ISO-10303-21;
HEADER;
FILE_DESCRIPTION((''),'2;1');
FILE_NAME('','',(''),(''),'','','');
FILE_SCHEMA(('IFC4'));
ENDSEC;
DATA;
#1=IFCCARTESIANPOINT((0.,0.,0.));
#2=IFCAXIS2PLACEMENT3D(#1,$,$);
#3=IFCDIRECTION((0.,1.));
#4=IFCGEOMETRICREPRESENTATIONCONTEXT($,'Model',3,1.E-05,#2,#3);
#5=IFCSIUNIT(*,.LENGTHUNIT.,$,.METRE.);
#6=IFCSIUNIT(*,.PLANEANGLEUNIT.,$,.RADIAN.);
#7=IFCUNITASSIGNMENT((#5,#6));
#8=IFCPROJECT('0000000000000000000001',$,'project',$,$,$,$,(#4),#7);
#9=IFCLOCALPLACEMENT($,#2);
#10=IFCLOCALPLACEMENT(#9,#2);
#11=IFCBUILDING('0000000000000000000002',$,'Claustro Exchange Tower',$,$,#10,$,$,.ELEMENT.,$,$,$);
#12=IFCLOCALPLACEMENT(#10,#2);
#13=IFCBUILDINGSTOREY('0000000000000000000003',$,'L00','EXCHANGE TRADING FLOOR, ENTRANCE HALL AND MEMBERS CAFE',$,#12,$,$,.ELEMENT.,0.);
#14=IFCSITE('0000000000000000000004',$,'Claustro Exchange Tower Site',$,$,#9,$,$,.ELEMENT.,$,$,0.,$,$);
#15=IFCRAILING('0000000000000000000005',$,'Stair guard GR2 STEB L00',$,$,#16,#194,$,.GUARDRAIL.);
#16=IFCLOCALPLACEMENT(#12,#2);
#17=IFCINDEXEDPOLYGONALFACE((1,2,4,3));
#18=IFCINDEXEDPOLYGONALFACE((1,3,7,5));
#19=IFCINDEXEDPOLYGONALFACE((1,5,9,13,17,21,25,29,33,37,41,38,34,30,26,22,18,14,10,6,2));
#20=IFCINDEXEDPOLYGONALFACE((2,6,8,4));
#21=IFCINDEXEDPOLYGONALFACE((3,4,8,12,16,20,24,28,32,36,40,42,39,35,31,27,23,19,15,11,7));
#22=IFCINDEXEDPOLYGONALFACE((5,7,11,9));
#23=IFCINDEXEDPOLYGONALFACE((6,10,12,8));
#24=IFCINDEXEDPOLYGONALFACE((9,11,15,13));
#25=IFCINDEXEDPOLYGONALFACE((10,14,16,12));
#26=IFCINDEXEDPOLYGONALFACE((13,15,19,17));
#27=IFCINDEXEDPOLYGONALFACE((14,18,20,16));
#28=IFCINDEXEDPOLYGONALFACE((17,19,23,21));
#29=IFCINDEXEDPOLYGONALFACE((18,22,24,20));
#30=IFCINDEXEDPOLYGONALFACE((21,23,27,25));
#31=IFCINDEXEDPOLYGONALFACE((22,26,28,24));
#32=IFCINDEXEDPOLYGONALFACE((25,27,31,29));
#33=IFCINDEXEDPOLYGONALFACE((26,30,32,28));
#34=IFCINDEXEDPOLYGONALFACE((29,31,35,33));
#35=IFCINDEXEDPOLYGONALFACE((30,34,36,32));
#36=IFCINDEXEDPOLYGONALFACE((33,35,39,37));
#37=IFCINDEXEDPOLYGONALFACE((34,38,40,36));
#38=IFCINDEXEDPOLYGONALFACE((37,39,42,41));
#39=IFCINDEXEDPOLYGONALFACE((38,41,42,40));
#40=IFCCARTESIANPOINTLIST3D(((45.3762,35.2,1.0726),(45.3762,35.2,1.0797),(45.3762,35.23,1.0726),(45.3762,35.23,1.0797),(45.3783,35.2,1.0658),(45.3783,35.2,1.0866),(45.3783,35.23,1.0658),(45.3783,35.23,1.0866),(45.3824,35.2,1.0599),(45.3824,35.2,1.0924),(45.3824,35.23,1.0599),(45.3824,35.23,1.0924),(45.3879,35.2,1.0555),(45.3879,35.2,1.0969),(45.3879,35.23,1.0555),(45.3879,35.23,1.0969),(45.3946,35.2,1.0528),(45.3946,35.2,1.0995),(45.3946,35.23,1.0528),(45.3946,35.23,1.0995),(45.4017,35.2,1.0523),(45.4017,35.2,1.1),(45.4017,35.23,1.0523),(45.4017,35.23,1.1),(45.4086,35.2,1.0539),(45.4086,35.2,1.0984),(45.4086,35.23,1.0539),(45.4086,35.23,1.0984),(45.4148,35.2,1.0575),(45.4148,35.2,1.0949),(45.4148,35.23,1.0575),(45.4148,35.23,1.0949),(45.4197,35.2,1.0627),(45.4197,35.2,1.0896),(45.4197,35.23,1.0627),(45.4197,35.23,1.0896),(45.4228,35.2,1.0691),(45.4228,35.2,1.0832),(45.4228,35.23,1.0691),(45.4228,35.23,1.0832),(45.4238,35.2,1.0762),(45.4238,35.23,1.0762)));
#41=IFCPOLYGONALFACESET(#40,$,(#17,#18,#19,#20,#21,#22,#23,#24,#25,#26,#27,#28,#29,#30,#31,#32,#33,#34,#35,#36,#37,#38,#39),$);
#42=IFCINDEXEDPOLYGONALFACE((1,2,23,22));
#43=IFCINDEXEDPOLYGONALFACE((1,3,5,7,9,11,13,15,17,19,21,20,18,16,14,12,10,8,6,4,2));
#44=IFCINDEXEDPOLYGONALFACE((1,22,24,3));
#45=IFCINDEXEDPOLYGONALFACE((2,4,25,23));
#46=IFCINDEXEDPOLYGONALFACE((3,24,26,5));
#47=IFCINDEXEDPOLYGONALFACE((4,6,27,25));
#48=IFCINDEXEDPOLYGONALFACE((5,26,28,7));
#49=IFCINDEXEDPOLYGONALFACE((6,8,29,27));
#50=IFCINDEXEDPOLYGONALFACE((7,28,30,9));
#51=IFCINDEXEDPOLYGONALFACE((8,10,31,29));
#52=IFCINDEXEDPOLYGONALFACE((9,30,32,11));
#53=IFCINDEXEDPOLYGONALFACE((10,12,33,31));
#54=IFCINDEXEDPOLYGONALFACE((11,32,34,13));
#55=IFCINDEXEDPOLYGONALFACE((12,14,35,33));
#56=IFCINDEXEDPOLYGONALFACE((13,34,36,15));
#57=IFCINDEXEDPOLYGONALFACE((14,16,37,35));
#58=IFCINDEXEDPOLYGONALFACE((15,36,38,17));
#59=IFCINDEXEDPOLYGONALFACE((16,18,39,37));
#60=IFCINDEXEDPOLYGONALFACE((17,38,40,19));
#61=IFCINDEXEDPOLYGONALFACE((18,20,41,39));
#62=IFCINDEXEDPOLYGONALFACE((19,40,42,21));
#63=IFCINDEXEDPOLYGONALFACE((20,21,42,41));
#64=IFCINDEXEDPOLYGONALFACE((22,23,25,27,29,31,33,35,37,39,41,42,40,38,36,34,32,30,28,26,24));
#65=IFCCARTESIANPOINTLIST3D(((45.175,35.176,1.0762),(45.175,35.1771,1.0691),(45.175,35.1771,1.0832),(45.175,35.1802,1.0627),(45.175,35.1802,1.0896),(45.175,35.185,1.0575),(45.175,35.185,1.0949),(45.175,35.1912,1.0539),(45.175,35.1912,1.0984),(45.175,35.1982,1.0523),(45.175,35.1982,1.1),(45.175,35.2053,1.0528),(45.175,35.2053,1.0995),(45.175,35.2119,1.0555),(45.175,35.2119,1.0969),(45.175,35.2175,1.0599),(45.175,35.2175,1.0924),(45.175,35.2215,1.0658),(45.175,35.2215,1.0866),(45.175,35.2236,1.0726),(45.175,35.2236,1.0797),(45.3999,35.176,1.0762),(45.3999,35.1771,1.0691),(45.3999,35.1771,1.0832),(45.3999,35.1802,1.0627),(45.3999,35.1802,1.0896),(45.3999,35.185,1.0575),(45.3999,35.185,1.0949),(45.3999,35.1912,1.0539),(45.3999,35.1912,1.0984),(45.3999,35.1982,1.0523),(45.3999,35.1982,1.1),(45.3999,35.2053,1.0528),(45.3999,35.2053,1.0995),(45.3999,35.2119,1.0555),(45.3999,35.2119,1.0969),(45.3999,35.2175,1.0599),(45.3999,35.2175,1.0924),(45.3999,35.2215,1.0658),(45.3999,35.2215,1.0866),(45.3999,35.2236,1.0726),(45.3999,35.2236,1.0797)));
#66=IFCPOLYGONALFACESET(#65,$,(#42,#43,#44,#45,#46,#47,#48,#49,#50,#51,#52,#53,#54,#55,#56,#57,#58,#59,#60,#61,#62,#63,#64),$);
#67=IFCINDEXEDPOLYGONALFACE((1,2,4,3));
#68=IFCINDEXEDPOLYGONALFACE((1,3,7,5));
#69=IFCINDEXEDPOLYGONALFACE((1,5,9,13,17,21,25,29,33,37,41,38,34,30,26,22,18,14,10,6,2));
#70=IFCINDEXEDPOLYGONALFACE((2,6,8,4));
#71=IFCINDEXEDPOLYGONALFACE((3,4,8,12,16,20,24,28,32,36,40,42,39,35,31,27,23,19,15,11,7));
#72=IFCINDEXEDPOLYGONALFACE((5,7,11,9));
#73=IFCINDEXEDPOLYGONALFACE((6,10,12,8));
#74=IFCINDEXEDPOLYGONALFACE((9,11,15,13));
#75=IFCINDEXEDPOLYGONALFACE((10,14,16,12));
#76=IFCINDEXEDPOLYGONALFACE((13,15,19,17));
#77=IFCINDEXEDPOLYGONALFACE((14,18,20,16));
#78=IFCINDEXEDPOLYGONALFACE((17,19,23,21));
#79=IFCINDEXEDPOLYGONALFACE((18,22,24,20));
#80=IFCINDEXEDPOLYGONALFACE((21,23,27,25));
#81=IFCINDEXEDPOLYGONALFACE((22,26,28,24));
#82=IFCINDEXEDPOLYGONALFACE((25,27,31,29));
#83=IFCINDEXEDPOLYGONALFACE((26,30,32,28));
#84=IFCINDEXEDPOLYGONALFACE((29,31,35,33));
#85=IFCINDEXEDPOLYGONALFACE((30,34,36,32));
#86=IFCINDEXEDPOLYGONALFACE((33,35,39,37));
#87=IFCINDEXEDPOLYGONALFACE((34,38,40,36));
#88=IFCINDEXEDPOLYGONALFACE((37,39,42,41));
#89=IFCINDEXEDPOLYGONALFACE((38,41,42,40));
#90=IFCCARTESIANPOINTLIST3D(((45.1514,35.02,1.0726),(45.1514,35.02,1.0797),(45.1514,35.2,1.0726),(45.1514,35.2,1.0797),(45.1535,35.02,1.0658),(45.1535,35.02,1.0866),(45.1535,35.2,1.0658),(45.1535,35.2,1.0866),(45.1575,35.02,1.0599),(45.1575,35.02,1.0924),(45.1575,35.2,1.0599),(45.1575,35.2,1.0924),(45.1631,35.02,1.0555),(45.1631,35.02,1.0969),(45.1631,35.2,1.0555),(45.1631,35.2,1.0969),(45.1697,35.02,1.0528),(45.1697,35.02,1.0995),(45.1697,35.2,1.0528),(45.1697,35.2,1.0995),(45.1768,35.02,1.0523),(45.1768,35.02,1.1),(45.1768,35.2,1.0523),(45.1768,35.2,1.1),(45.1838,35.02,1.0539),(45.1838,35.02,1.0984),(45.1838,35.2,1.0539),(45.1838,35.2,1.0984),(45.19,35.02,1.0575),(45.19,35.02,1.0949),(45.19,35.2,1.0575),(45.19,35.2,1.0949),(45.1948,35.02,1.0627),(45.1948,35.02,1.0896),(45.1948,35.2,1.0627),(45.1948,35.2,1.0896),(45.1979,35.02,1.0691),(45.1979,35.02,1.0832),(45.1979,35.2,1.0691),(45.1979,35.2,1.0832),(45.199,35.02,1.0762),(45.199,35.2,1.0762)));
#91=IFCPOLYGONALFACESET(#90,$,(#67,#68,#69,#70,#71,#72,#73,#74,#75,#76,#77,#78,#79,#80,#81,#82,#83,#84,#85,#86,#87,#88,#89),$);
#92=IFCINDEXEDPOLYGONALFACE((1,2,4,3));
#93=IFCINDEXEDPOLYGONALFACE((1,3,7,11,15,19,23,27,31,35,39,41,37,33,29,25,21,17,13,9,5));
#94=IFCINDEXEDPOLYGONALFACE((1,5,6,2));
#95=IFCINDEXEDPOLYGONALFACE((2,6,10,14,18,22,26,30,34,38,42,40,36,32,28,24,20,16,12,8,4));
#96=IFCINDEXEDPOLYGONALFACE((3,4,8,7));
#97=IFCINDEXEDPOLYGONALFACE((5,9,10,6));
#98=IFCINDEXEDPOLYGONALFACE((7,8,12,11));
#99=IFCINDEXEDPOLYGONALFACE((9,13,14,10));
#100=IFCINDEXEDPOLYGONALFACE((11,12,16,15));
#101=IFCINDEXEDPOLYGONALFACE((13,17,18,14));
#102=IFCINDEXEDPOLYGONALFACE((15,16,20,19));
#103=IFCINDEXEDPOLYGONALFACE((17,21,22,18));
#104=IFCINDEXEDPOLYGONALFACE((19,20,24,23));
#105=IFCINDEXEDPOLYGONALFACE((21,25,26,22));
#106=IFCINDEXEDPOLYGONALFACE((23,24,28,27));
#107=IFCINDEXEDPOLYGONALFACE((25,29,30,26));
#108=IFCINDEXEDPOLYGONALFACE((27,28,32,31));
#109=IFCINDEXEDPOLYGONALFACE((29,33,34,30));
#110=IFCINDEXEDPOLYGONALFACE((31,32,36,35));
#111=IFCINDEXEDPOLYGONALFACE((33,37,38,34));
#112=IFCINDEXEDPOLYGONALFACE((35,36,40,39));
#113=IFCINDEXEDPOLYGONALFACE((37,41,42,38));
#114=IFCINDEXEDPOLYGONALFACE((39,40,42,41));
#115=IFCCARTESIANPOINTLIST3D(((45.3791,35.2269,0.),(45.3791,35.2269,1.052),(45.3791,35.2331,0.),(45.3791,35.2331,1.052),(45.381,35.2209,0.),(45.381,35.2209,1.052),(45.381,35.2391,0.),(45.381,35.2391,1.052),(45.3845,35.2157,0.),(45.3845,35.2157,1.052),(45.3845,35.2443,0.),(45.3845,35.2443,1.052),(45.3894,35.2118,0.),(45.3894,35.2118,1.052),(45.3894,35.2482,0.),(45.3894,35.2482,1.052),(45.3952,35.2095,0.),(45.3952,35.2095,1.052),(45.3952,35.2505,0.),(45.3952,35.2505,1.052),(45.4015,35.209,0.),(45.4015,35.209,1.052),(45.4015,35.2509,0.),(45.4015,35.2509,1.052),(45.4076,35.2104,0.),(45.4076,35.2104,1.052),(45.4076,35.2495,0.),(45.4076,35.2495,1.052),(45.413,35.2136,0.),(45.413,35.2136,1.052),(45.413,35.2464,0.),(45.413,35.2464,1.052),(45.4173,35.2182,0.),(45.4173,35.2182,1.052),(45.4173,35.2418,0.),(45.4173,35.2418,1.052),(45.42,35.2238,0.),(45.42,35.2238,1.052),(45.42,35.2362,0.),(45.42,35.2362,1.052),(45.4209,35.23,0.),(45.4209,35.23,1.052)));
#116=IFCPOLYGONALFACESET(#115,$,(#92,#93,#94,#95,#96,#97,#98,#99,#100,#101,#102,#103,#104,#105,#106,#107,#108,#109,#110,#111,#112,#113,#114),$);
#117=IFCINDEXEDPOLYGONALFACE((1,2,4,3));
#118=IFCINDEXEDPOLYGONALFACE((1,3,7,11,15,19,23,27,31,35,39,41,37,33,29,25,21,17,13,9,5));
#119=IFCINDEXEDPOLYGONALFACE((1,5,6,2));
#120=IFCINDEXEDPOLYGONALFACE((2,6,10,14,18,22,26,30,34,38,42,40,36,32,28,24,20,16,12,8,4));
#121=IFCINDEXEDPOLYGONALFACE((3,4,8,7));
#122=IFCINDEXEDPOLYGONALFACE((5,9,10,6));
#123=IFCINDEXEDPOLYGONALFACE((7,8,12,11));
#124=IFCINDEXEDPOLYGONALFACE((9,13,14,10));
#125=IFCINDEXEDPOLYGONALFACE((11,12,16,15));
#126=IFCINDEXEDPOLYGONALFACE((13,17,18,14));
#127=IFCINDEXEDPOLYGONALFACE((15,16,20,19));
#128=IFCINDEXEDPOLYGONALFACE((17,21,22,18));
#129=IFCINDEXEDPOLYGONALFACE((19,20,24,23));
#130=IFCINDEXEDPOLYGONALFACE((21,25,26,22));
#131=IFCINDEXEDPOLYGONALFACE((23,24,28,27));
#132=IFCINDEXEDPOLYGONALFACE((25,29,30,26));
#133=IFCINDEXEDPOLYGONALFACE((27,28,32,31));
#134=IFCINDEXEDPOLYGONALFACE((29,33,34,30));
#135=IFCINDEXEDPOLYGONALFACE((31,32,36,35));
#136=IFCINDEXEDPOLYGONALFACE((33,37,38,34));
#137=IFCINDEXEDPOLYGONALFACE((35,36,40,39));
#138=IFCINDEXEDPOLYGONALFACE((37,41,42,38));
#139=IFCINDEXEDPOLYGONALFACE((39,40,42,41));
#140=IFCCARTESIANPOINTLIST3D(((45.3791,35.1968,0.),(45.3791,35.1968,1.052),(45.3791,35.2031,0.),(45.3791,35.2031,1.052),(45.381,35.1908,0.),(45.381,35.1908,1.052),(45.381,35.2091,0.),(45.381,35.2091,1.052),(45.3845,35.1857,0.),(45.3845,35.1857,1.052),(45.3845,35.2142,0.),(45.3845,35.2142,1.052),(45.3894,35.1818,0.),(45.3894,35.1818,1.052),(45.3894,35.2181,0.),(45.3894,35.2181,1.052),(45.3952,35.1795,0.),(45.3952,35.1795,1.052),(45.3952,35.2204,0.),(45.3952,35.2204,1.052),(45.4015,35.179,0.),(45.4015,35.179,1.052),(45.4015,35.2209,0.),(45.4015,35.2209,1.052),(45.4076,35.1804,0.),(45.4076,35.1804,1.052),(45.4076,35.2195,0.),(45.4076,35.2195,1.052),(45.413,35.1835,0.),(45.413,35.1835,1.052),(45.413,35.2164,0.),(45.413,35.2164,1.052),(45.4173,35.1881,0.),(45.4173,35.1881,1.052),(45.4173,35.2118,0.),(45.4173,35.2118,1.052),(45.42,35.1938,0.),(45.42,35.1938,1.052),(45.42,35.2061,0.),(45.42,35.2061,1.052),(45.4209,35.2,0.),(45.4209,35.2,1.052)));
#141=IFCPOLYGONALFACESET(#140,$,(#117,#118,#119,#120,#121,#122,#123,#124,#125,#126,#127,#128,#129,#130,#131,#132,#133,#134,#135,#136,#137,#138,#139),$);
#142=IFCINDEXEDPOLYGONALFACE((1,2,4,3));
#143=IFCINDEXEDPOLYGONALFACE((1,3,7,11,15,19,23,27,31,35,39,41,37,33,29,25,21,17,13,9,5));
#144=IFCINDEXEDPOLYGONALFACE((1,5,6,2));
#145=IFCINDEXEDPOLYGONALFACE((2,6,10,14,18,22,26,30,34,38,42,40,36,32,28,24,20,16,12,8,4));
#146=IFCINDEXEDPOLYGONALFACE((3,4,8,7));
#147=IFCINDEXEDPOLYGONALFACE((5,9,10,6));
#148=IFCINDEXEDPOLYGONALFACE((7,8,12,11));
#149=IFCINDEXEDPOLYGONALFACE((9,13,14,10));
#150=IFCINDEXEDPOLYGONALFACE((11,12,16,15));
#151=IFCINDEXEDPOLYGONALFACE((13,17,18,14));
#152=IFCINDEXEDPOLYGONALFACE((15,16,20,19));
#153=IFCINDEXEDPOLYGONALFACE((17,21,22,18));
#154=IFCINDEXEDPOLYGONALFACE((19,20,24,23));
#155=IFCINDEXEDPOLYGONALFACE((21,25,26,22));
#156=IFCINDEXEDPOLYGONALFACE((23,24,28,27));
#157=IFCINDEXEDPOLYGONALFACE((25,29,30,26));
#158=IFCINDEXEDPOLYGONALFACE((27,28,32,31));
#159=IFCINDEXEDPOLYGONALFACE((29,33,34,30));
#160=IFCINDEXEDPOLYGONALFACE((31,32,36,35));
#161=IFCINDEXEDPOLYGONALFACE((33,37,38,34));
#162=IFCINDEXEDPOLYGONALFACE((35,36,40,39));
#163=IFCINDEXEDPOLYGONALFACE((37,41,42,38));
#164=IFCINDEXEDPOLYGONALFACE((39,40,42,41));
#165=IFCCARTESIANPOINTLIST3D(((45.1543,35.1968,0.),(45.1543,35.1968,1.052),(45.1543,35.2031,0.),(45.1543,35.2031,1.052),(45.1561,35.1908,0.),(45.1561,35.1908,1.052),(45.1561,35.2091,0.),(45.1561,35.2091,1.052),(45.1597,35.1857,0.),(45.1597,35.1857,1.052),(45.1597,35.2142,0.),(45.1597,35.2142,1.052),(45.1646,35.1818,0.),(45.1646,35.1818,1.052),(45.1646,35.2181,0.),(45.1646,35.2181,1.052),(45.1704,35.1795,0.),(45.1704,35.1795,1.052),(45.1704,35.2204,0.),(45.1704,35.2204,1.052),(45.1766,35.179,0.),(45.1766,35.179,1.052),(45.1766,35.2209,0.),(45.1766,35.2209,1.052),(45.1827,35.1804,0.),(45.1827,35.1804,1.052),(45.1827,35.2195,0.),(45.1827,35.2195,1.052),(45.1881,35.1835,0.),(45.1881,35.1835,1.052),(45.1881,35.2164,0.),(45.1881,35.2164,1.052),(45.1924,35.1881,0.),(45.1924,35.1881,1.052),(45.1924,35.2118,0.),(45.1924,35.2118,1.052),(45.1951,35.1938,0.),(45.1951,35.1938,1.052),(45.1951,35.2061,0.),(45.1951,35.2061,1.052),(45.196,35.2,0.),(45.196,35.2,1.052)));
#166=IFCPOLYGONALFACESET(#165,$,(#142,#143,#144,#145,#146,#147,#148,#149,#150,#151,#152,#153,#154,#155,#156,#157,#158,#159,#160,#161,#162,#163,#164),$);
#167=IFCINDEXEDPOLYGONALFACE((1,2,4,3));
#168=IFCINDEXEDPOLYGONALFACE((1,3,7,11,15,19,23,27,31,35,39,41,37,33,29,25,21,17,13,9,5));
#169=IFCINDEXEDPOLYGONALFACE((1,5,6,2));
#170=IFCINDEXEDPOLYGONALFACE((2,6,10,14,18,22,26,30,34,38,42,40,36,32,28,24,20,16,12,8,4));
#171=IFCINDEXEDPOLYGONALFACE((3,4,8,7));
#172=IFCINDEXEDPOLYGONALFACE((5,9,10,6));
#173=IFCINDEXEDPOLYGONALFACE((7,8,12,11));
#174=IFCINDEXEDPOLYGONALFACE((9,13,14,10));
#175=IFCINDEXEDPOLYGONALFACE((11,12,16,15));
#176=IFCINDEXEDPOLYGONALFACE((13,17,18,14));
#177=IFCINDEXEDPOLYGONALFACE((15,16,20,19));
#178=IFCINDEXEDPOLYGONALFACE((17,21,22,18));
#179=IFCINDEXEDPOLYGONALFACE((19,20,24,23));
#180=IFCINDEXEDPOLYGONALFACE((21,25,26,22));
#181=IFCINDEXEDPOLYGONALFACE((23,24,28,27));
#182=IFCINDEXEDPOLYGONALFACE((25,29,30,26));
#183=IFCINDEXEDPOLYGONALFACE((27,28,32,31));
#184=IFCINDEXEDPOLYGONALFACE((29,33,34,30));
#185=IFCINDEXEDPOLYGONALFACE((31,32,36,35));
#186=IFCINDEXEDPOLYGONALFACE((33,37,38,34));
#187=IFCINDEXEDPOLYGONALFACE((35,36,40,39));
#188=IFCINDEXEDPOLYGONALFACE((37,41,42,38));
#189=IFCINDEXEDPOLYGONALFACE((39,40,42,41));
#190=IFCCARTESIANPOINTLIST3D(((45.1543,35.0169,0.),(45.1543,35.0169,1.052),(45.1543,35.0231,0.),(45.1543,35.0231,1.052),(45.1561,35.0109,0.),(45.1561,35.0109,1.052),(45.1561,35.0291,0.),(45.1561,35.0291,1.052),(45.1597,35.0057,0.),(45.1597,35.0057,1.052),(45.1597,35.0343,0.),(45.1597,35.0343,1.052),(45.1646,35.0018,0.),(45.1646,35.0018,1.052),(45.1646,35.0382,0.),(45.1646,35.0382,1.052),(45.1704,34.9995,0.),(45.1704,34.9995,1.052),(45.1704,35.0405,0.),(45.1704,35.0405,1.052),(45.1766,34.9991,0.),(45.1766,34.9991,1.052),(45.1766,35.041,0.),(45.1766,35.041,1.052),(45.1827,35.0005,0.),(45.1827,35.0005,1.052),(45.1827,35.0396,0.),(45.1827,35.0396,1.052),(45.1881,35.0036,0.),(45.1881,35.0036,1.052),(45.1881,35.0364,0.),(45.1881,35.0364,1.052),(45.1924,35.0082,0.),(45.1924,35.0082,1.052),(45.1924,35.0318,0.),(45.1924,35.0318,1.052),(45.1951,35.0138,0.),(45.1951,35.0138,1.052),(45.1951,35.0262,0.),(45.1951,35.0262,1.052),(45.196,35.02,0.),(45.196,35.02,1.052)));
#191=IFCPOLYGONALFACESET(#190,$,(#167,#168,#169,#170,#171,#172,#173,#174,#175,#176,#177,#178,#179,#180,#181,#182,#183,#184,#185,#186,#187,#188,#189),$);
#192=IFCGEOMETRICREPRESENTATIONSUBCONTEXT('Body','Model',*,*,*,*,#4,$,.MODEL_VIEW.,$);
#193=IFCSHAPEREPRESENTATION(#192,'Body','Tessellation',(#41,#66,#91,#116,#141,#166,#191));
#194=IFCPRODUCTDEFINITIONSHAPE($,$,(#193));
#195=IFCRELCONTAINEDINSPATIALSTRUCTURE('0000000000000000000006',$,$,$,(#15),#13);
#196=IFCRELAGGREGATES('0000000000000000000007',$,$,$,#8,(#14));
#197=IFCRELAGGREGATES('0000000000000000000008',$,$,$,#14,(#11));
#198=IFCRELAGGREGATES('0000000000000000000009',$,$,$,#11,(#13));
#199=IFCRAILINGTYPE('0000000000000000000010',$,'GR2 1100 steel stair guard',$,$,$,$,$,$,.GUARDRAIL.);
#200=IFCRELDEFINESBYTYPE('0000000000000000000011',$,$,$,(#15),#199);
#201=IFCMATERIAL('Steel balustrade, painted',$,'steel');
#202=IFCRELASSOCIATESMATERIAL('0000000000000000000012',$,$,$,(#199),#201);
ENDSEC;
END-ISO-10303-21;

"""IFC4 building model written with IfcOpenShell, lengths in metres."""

from ifc_helpers import new_model, si_unit, direction, frame, origin, origin_2d, place, context, subcontext, project, spatial, circle, extrude, material, type_object, element, save


model = new_model("IFC4")

# Units and contexts
model_context = context("Model", 3, precision=1e-05, world=origin(), true_north=direction((0.0, 1.0)))
body_context = subcontext(model_context, "Body", "Model", "MODEL_VIEW")
ifc_project = project(units=[si_unit("LENGTHUNIT", "METRE"), si_unit("PLANEANGLEUNIT", "RADIAN")], contexts=[model_context])

# Site, building, storey
site_placement = place(None, origin())
site = spatial("IfcSite", under=ifc_project, at=site_placement, Name="Claustro Exchange Tower Site", CompositionType="ELEMENT", RefElevation=0.0)
building_placement = place(site_placement, origin())
building = spatial("IfcBuilding", under=site, at=building_placement, Name="Claustro Exchange Tower", CompositionType="ELEMENT")
storey_placement = place(building_placement, origin())
storey = spatial("IfcBuildingStorey", under=building, at=storey_placement, Name="L00", Description="EXCHANGE TRADING FLOOR, ENTRANCE HALL AND MEMBERS CAFE", CompositionType="ELEMENT", Elevation=0.0)

# Railing
ifc_material_1 = material(Name="Steel balustrade, painted", Category="steel")
railing_type_1 = type_object("IfcRailingType", Name="GR2 1100 steel stair guard", PredefinedType="GUARDRAIL", material=ifc_material_1)
railing_1_placement = place(storey_placement, frame((45.3999, 35.23, 0.0)))
element("IfcRailing", 1, at=railing_1_placement, inside=storey, type_object=railing_type_1, Name="Stair guard GR2 STEB L00", PredefinedType="GUARDRAIL", context=body_context, shape_type="SweptSolid", body=[
    extrude(circle(Radius=0.0239, at=origin_2d()), frame((0.0, 0.0, 1.0762), z_axis=(0.0, -1.0, 0.0), x_axis=(1.0, 0.0, 0.0)), (0.0, 0.0, 1.0), 0.03),
    extrude(circle(Radius=0.0239, at=origin_2d()), frame((0.0, -0.03, 1.0762), z_axis=(-1.0, 0.0, 0.0), x_axis=(0.0, -1.0, 0.0)), (0.0, 0.0, 1.0), 0.2249),
    extrude(circle(Radius=0.0239, at=origin_2d()), frame((-0.2249, -0.03, 1.0762), z_axis=(0.0, -1.0, 0.0), x_axis=(1.0, 0.0, 0.0)), (0.0, 0.0, 1.0), 0.1799),
    extrude(circle(Radius=0.021, at=origin_2d()), origin(), (0.0, 0.0, 1.0), 1.052),
    extrude(circle(Radius=0.021, at=origin_2d()), frame((0.0, -0.03, 0.0)), (0.0, 0.0, 1.0), 1.052),
    extrude(circle(Radius=0.021, at=origin_2d()), frame((-0.2249, -0.03, 0.0)), (0.0, 0.0, 1.0), 1.052),
    extrude(circle(Radius=0.021, at=origin_2d()), frame((-0.2249, -0.21, 0.0)), (0.0, 0.0, 1.0), 1.052),
])

save(model, "model.ifc")
